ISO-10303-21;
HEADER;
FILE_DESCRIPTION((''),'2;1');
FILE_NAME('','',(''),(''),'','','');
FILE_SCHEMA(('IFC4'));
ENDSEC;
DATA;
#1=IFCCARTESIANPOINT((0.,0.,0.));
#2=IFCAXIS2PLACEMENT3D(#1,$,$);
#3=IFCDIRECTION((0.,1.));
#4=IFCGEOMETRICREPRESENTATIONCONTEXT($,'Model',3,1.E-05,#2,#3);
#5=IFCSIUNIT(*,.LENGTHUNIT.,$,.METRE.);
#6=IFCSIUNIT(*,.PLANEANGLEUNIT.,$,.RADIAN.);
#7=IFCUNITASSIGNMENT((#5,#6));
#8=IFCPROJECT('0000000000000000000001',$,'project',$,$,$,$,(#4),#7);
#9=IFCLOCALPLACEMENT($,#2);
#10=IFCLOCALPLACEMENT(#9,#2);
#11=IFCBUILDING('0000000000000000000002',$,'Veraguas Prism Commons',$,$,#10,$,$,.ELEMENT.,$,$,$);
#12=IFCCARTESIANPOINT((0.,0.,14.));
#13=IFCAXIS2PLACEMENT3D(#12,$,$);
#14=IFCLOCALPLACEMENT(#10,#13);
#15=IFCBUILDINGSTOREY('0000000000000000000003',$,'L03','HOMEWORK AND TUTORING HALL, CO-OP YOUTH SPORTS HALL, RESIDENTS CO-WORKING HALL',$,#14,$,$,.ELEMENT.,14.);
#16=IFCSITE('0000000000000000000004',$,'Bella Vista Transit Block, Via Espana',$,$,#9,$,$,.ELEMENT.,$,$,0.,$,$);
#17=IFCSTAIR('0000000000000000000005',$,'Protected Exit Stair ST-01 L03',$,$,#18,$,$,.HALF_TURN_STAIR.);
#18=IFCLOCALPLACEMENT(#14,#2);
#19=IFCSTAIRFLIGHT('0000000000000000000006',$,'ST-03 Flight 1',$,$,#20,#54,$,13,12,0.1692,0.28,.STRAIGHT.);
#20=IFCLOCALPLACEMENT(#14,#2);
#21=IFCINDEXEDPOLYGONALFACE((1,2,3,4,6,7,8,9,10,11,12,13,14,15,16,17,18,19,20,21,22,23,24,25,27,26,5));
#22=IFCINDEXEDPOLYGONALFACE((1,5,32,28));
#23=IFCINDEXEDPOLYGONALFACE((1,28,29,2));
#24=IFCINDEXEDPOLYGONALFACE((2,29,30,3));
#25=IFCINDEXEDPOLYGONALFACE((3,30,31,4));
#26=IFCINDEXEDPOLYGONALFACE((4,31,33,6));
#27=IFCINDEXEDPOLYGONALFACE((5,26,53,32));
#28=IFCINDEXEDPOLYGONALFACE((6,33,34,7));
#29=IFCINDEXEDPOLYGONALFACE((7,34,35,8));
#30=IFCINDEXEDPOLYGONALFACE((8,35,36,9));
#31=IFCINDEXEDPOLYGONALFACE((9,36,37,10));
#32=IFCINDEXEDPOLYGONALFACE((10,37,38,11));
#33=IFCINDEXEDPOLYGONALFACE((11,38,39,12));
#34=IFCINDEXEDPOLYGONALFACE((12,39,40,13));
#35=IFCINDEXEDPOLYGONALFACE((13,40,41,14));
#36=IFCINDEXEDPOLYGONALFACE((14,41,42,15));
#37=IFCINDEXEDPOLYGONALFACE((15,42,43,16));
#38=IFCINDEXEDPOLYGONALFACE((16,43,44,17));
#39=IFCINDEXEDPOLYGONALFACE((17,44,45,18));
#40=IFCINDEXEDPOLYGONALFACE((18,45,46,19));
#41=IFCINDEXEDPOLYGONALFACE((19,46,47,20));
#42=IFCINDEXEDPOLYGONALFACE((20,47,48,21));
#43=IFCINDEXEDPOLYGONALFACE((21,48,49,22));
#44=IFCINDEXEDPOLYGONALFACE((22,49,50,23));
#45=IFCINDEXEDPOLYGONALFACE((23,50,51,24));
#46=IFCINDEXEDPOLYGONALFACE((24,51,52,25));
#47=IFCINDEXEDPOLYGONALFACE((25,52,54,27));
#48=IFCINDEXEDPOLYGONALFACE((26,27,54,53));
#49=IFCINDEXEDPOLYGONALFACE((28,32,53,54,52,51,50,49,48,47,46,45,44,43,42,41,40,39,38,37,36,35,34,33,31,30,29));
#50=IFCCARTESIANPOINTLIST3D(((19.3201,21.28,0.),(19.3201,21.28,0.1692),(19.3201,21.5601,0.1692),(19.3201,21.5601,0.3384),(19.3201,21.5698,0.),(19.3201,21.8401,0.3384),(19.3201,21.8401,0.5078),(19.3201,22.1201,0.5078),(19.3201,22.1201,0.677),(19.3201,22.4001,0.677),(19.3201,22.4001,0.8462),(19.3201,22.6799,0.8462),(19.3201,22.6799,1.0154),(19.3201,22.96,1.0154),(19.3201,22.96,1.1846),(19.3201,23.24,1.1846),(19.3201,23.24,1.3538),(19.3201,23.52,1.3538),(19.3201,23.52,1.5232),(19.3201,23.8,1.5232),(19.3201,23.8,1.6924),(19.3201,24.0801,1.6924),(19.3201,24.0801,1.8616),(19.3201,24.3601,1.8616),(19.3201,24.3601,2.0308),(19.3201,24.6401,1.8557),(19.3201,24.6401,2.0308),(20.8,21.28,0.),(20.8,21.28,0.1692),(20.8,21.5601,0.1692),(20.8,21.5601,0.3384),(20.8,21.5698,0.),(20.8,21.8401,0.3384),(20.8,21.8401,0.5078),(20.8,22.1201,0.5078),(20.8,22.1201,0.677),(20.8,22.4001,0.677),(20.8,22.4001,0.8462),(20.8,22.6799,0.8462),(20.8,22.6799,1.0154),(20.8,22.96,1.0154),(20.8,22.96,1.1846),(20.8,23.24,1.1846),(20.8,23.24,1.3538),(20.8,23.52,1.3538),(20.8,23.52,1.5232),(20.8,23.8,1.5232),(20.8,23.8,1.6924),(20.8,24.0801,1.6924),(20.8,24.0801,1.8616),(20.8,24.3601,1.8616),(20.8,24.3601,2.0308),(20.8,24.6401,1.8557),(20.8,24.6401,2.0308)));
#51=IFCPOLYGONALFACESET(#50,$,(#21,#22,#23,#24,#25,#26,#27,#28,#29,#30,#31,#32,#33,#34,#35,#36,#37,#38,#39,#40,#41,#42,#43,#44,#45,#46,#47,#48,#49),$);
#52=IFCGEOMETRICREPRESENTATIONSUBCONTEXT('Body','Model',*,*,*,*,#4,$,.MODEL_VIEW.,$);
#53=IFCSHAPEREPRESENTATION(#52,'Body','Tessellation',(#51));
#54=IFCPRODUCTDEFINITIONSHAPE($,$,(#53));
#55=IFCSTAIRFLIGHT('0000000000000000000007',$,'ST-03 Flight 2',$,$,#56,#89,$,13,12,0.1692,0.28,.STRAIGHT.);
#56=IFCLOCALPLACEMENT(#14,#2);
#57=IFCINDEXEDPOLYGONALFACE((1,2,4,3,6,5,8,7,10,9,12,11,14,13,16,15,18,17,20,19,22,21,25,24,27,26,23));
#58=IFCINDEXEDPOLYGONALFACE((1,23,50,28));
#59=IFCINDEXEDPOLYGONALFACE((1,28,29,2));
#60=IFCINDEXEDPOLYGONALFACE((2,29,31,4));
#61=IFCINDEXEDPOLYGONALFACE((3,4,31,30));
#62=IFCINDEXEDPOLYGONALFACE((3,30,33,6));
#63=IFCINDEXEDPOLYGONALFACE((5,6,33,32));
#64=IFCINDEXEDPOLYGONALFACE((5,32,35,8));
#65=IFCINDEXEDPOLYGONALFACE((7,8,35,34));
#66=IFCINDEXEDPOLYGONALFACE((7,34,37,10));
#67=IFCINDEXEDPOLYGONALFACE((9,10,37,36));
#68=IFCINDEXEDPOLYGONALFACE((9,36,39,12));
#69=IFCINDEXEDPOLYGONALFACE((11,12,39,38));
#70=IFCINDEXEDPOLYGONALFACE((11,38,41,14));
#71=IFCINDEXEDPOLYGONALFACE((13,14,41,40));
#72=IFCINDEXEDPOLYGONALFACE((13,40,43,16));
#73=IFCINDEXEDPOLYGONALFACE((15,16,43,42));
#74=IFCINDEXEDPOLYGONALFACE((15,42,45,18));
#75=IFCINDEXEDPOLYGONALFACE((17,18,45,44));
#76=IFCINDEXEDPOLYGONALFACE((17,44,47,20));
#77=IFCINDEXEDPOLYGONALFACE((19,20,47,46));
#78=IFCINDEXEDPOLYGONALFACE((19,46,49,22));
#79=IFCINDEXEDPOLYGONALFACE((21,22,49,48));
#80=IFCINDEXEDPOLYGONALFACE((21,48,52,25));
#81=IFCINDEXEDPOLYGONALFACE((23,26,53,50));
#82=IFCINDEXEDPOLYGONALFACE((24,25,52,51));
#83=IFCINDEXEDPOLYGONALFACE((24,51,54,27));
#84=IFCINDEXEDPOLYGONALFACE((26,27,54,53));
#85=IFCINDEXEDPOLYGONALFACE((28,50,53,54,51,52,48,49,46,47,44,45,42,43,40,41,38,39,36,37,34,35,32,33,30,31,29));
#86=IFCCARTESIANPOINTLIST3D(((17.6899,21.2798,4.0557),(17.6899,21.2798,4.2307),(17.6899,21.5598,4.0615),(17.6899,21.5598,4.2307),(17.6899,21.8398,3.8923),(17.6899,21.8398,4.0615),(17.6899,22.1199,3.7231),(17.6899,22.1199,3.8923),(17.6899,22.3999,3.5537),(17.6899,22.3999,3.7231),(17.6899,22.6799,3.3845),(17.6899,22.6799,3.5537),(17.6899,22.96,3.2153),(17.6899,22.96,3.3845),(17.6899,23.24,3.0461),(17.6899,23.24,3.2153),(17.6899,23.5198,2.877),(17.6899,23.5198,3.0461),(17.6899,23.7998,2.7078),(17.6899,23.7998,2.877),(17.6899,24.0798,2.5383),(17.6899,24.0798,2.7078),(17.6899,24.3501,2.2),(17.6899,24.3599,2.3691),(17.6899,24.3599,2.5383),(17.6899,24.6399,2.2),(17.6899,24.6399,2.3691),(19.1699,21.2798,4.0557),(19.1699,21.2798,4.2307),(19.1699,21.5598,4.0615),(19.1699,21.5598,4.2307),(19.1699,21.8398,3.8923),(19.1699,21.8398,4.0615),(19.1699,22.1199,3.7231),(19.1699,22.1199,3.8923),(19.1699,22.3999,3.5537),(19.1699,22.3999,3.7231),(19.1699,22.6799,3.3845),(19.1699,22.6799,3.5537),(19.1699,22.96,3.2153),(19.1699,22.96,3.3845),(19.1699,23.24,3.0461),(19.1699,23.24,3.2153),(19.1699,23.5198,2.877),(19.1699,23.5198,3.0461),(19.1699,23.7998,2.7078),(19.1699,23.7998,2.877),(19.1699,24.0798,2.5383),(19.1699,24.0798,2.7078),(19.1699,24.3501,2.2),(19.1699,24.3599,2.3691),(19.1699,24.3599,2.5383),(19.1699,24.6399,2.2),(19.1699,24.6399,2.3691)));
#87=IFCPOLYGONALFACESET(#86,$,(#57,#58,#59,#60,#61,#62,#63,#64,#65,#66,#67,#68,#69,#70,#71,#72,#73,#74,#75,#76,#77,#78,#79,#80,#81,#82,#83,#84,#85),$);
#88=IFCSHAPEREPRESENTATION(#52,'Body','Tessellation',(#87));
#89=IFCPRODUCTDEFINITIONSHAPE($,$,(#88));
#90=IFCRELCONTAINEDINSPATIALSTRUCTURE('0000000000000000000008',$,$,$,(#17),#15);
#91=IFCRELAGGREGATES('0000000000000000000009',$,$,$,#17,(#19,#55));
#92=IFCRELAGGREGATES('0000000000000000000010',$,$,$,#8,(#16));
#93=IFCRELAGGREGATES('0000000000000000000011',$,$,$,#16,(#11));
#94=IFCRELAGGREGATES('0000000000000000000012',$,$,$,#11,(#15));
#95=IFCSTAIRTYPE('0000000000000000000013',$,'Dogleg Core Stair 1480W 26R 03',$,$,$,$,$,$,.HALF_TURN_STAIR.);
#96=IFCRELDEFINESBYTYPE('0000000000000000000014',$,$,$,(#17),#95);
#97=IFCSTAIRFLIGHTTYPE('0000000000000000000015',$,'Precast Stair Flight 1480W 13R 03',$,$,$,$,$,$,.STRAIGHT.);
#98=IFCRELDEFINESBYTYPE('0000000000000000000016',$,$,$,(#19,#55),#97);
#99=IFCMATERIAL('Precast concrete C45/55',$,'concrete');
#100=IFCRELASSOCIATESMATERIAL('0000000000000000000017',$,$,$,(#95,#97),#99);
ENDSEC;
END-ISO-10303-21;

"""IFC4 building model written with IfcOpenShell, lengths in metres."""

from ifc_helpers import new_model, si_unit, direction, frame, origin, place, context, subcontext, project, spatial, polyline, outline, extrude, material, type_object, element, aggregate, save


model = new_model("IFC4")

# Units and contexts
model_context = context("Model", 3, precision=1e-05, world=origin(), true_north=direction((0.0, 1.0)))
body_context = subcontext(model_context, "Body", "Model", "MODEL_VIEW")
ifc_project = project(units=[si_unit("LENGTHUNIT", "METRE"), si_unit("PLANEANGLEUNIT", "RADIAN")], contexts=[model_context])

# Site, building, storey
site_placement = place(None, origin())
site = spatial("IfcSite", under=ifc_project, at=site_placement, Name="Bella Vista Transit Block, Via Espana", CompositionType="ELEMENT", RefElevation=0.0)
building_placement = place(site_placement, origin())
building = spatial("IfcBuilding", under=site, at=building_placement, Name="Veraguas Prism Commons", CompositionType="ELEMENT")
storey_placement = place(building_placement, frame((0.0, 0.0, 14.0)))
storey = spatial("IfcBuildingStorey", under=building, at=storey_placement, Name="L03", Description="HOMEWORK AND TUTORING HALL, CO-OP YOUTH SPORTS HALL, RESIDENTS CO-WORKING HALL", CompositionType="ELEMENT", Elevation=14.0)

# Stair, stair flights
ifc_material_1 = material(Name="Precast concrete C45/55", Category="concrete")
stair_type = type_object("IfcStairType", Name="Dogleg Core Stair 1480W 26R 03", PredefinedType="HALF_TURN_STAIR", material=ifc_material_1)
stair_placement = place(storey_placement, origin())
stair = element("IfcStair", 1, at=stair_placement, inside=storey, type_object=stair_type, Name="Protected Exit Stair ST-01 L03", PredefinedType="HALF_TURN_STAIR")
stair_flight_type = type_object("IfcStairFlightType", Name="Precast Stair Flight 1480W 13R 03", PredefinedType="STRAIGHT", material=ifc_material_1)
stair_flight_1_placement = place(storey_placement, frame((20.0601, 21.28, 0.0), z_axis=(0.0, 0.0, 1.0), x_axis=(0.0, 1.0, 0.0)))
stair_flight_1 = element("IfcStairFlight", 2, at=stair_flight_1_placement, type_object=stair_flight_type, Name="ST-03 Flight 1", NumberOfRisers=13, NumberOfTreads=12, PredefinedType="STRAIGHT", RiserHeight=0.1692, TreadLength=0.28, context=body_context, shape_type="SweptSolid", body=[
    extrude(outline(polyline([(0.0, 0.0), (0.0, 0.1692), (0.28, 0.1692), (0.28, 0.3384), (0.5601, 0.3384), (0.5601, 0.5078), (0.8401, 0.5078), (0.8401, 0.677), (1.1201, 0.677), (1.1201, 0.8462), (1.3999, 0.8462), (1.3999, 1.0154), (1.6799, 1.0154), (1.6799, 1.1846), (1.96, 1.1846), (1.96, 1.3538), (2.24, 1.3538), (2.24, 1.5232), (2.52, 1.5232), (2.52, 1.6924), (2.8, 1.6924), (2.8, 1.8616), (3.0801, 1.8616), (3.0801, 2.0308), (3.3601, 2.0308), (3.3601, 2.2), (3.3601, 1.8557), (0.2898, 0.0), (0.0, 0.0)])), frame((0.0, 0.74, 0.0), z_axis=(0.0, -1.0, 0.0), x_axis=(1.0, 0.0, 0.0)), (0.0, 0.0, 1.0), 1.48),
])
stair_flight_2_placement = place(storey_placement, frame((18.4299, 24.6399, 2.2), z_axis=(0.0, 0.0, 1.0), x_axis=(0.0, -1.0, 0.0)))
stair_flight_2 = element("IfcStairFlight", 3, at=stair_flight_2_placement, type_object=stair_flight_type, Name="ST-03 Flight 2", NumberOfRisers=13, NumberOfTreads=12, PredefinedType="STRAIGHT", RiserHeight=0.1692, TreadLength=0.28, context=body_context, shape_type="SweptSolid", body=[
    extrude(outline(polyline([(0.0, 0.0), (0.0, 0.1692), (0.28, 0.1692), (0.28, 0.3384), (0.5601, 0.3384), (0.5601, 0.5078), (0.8401, 0.5078), (0.8401, 0.677), (1.1201, 0.677), (1.1201, 0.8462), (1.3999, 0.8462), (1.3999, 1.0154), (1.6799, 1.0154), (1.6799, 1.1846), (1.96, 1.1846), (1.96, 1.3538), (2.24, 1.3538), (2.24, 1.5232), (2.52, 1.5232), (2.52, 1.6924), (2.8, 1.6924), (2.8, 1.8616), (3.0801, 1.8616), (3.0801, 2.0308), (3.3601, 2.0308), (3.3601, 2.2), (3.3601, 1.8557), (0.2898, 0.0), (0.0, 0.0)])), frame((0.0, 0.74, 0.0), z_axis=(0.0, -1.0, 0.0), x_axis=(1.0, 0.0, 0.0)), (0.0, 0.0, 1.0), 1.48),
])
aggregate(stair, [stair_flight_1, stair_flight_2])

save(model, "model.ifc")
